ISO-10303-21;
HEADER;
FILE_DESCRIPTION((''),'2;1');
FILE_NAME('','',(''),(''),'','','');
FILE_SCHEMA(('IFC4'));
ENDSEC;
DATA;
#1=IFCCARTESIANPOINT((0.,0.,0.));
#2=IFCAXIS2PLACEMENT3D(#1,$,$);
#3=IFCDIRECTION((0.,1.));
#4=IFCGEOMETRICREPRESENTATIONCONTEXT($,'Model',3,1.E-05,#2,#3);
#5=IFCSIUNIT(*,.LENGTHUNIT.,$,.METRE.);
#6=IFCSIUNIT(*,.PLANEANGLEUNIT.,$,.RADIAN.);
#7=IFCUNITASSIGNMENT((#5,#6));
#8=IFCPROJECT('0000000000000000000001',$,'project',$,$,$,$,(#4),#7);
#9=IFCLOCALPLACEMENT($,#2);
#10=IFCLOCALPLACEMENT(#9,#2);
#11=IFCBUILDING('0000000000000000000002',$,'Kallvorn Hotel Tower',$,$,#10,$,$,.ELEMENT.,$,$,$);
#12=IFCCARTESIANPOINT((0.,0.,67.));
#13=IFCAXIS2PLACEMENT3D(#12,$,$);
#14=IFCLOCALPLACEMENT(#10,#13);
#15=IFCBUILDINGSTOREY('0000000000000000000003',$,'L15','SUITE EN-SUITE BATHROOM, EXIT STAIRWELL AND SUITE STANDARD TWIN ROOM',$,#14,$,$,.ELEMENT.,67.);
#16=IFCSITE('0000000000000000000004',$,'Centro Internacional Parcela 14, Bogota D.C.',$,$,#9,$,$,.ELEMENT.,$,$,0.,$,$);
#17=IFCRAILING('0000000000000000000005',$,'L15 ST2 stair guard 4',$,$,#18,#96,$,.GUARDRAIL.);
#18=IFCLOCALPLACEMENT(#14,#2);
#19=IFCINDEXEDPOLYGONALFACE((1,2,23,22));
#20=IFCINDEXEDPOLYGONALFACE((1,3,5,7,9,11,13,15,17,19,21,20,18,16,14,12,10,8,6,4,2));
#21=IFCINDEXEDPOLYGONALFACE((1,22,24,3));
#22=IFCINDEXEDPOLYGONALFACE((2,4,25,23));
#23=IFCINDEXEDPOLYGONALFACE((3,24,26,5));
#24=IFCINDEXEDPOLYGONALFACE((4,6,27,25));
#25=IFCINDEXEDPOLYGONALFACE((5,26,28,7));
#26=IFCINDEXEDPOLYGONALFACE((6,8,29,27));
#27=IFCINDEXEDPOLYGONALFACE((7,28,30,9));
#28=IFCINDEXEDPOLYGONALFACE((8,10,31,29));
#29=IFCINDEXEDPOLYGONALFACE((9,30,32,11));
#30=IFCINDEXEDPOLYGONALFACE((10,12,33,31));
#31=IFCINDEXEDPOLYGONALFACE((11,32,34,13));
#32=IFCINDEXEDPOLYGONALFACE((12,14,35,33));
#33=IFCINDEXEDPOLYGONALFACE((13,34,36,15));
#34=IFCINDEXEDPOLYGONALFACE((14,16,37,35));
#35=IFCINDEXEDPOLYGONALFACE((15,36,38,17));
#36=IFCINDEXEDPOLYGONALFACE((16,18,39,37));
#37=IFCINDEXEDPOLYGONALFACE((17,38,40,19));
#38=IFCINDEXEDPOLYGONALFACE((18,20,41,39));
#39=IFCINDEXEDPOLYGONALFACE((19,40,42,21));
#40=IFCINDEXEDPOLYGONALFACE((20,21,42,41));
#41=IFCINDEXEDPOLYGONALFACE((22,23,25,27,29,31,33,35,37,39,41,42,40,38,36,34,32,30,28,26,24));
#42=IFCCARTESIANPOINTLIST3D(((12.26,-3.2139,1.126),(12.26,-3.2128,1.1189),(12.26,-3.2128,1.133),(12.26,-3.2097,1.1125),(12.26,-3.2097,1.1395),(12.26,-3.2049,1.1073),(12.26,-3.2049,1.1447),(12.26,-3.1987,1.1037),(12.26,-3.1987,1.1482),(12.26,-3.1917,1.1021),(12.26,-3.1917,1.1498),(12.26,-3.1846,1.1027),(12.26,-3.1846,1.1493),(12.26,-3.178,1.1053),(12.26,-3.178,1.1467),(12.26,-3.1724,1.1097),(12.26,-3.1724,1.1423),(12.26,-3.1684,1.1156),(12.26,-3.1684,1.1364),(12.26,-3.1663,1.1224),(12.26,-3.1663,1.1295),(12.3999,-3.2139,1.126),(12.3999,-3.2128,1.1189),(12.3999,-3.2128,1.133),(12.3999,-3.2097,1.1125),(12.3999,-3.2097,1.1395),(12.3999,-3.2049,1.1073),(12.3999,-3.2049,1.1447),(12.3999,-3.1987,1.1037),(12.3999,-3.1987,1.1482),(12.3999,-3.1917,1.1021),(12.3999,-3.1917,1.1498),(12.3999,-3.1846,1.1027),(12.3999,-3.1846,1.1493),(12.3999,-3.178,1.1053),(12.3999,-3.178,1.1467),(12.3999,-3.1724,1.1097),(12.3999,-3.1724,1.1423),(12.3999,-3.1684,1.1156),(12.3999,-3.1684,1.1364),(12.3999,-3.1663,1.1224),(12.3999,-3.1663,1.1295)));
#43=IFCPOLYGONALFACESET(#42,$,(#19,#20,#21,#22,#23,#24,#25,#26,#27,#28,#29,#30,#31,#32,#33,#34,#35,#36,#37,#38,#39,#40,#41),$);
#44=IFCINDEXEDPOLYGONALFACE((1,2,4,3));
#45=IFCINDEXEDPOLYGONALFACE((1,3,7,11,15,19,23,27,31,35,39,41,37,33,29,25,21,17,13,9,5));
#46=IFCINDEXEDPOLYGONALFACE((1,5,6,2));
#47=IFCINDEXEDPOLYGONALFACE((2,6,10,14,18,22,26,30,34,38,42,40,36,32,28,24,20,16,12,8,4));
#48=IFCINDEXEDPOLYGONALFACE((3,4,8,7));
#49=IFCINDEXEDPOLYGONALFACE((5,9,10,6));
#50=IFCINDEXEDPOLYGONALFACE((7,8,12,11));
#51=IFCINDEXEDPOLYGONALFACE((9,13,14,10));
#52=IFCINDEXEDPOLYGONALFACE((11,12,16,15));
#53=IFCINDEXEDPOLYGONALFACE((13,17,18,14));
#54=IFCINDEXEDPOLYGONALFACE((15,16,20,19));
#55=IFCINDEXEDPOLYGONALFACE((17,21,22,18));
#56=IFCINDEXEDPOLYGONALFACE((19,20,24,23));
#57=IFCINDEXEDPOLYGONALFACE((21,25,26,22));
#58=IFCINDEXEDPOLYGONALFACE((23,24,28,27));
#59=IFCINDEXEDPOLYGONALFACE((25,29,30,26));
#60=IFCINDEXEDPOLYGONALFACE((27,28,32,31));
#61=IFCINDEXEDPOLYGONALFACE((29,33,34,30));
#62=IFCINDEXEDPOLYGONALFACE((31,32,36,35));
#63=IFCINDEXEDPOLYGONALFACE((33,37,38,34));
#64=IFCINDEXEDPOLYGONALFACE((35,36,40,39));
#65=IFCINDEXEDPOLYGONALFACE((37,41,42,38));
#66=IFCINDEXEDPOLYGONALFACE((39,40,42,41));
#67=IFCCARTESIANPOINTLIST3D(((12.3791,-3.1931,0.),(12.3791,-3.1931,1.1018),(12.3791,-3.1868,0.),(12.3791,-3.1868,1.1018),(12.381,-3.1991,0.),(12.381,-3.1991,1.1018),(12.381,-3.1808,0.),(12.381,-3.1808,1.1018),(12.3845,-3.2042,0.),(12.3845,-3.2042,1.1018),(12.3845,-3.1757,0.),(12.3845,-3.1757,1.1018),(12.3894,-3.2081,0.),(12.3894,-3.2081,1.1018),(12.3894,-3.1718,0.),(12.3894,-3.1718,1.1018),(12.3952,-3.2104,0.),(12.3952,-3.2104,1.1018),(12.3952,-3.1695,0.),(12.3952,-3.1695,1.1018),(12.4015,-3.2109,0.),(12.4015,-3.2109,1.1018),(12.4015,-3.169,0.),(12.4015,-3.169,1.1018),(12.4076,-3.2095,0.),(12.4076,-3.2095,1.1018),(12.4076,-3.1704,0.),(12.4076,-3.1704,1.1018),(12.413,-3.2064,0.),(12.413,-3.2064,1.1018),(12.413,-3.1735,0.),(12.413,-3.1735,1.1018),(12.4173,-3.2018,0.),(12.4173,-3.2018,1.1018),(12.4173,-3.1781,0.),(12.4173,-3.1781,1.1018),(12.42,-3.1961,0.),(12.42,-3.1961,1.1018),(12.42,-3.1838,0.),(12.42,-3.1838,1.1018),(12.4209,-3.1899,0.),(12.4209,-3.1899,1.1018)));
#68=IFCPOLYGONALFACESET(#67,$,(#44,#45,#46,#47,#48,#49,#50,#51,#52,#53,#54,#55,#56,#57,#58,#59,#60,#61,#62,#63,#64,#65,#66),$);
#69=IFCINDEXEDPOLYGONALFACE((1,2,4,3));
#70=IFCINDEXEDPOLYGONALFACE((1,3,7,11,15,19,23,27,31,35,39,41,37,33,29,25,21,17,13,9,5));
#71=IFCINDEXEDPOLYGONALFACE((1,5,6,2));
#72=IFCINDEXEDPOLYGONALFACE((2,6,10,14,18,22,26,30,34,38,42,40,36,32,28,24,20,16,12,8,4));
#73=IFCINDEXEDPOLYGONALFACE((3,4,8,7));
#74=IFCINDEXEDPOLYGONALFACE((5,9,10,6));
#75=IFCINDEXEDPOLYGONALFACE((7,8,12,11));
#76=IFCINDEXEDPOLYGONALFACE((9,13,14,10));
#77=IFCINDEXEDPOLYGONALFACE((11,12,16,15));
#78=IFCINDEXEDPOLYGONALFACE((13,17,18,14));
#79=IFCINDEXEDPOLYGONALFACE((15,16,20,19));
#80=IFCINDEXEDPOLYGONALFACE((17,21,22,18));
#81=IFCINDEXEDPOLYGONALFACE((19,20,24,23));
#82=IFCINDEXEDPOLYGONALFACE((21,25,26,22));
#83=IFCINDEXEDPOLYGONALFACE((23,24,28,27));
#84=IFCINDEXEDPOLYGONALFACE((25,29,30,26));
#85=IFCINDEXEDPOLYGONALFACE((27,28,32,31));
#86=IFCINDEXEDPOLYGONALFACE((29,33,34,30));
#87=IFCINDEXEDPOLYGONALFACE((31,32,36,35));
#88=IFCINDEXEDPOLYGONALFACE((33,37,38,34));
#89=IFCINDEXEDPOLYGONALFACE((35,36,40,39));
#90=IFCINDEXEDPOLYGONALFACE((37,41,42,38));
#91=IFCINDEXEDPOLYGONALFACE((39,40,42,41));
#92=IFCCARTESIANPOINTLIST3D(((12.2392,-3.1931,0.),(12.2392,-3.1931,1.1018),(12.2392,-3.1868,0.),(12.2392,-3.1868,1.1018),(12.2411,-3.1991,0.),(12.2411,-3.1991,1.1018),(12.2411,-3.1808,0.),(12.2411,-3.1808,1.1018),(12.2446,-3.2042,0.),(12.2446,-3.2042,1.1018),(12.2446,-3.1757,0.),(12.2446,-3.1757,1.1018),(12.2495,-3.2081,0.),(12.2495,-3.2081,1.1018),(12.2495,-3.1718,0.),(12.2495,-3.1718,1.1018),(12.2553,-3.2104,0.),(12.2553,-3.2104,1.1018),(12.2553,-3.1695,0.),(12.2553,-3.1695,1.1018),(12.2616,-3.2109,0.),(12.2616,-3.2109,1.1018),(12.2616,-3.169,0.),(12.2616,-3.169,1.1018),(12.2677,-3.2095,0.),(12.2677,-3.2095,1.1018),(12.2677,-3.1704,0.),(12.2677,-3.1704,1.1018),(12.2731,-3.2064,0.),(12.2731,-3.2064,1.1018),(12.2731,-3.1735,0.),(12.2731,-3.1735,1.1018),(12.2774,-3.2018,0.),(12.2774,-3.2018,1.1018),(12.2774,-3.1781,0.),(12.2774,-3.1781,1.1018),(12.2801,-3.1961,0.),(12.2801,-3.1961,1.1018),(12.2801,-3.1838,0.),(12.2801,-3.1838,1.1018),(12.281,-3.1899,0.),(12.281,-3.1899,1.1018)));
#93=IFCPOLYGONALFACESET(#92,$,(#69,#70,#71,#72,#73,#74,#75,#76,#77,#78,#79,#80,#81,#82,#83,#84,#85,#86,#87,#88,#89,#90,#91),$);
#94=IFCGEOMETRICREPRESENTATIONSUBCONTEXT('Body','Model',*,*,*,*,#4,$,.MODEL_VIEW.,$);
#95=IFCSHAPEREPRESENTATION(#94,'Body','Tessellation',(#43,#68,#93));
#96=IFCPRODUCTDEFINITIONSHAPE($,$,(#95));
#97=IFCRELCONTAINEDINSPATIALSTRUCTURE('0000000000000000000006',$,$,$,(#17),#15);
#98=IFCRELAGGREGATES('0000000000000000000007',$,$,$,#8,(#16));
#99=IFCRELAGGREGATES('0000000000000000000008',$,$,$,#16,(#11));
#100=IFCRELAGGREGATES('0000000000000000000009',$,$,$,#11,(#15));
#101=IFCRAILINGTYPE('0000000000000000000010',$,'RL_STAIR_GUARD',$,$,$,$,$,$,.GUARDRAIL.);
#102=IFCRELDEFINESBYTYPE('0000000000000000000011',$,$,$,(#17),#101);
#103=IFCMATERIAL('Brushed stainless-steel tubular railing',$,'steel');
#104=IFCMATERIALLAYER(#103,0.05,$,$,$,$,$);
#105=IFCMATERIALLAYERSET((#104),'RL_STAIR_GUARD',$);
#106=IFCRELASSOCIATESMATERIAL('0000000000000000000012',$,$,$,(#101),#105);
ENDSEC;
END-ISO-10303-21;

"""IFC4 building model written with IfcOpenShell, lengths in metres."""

from ifc_helpers import new_model, si_unit, direction, frame, origin, origin_2d, place, context, subcontext, project, spatial, circle, extrude, material, layer, layer_set, type_object, element, save


model = new_model("IFC4")

# Units and contexts
model_context = context("Model", 3, precision=1e-05, world=origin(), true_north=direction((0.0, 1.0)))
body_context = subcontext(model_context, "Body", "Model", "MODEL_VIEW")
ifc_project = project(units=[si_unit("LENGTHUNIT", "METRE"), si_unit("PLANEANGLEUNIT", "RADIAN")], contexts=[model_context])

# Site, building, storey
site_placement = place(None, origin())
site = spatial("IfcSite", under=ifc_project, at=site_placement, Name="Centro Internacional Parcela 14, Bogota D.C.", CompositionType="ELEMENT", RefElevation=0.0)
building_placement = place(site_placement, origin())
building = spatial("IfcBuilding", under=site, at=building_placement, Name="Kallvorn Hotel Tower", CompositionType="ELEMENT")
storey_placement = place(building_placement, frame((0.0, 0.0, 67.0)))
storey = spatial("IfcBuildingStorey", under=building, at=storey_placement, Name="L15", Description="SUITE EN-SUITE BATHROOM, EXIT STAIRWELL AND SUITE STANDARD TWIN ROOM", CompositionType="ELEMENT", Elevation=67.0)

# Railing
ifc_material_1 = material(Name="Brushed stainless-steel tubular railing", Category="steel")
ifc_layer_1 = layer(ifc_material_1, 0.05)
ifc_layer_set_1 = layer_set([ifc_layer_1], Name="RL_STAIR_GUARD")
railing_type = type_object("IfcRailingType", Name="RL_STAIR_GUARD", PredefinedType="GUARDRAIL", material=ifc_layer_set_1)
railing_1_placement = place(storey_placement, frame((12.3999, -3.1899, 0.0)))
element("IfcRailing", 1, at=railing_1_placement, inside=storey, type_object=railing_type, Name="L15 ST2 stair guard 4", PredefinedType="GUARDRAIL", context=body_context, shape_type="SweptSolid", body=[
    extrude(circle(Radius=0.0239, at=origin_2d()), frame((0.0, 0.0, 1.126), z_axis=(-1.0, 0.0, 0.0), x_axis=(0.0, -1.0, 0.0)), (0.0, 0.0, 1.0), 0.1399),
    extrude(circle(Radius=0.021, at=origin_2d()), origin(), (0.0, 0.0, 1.0), 1.1018),
    extrude(circle(Radius=0.021, at=origin_2d()), frame((-0.1399, 0.0, 0.0)), (0.0, 0.0, 1.0), 1.1018),
])

save(model, "model.ifc")
